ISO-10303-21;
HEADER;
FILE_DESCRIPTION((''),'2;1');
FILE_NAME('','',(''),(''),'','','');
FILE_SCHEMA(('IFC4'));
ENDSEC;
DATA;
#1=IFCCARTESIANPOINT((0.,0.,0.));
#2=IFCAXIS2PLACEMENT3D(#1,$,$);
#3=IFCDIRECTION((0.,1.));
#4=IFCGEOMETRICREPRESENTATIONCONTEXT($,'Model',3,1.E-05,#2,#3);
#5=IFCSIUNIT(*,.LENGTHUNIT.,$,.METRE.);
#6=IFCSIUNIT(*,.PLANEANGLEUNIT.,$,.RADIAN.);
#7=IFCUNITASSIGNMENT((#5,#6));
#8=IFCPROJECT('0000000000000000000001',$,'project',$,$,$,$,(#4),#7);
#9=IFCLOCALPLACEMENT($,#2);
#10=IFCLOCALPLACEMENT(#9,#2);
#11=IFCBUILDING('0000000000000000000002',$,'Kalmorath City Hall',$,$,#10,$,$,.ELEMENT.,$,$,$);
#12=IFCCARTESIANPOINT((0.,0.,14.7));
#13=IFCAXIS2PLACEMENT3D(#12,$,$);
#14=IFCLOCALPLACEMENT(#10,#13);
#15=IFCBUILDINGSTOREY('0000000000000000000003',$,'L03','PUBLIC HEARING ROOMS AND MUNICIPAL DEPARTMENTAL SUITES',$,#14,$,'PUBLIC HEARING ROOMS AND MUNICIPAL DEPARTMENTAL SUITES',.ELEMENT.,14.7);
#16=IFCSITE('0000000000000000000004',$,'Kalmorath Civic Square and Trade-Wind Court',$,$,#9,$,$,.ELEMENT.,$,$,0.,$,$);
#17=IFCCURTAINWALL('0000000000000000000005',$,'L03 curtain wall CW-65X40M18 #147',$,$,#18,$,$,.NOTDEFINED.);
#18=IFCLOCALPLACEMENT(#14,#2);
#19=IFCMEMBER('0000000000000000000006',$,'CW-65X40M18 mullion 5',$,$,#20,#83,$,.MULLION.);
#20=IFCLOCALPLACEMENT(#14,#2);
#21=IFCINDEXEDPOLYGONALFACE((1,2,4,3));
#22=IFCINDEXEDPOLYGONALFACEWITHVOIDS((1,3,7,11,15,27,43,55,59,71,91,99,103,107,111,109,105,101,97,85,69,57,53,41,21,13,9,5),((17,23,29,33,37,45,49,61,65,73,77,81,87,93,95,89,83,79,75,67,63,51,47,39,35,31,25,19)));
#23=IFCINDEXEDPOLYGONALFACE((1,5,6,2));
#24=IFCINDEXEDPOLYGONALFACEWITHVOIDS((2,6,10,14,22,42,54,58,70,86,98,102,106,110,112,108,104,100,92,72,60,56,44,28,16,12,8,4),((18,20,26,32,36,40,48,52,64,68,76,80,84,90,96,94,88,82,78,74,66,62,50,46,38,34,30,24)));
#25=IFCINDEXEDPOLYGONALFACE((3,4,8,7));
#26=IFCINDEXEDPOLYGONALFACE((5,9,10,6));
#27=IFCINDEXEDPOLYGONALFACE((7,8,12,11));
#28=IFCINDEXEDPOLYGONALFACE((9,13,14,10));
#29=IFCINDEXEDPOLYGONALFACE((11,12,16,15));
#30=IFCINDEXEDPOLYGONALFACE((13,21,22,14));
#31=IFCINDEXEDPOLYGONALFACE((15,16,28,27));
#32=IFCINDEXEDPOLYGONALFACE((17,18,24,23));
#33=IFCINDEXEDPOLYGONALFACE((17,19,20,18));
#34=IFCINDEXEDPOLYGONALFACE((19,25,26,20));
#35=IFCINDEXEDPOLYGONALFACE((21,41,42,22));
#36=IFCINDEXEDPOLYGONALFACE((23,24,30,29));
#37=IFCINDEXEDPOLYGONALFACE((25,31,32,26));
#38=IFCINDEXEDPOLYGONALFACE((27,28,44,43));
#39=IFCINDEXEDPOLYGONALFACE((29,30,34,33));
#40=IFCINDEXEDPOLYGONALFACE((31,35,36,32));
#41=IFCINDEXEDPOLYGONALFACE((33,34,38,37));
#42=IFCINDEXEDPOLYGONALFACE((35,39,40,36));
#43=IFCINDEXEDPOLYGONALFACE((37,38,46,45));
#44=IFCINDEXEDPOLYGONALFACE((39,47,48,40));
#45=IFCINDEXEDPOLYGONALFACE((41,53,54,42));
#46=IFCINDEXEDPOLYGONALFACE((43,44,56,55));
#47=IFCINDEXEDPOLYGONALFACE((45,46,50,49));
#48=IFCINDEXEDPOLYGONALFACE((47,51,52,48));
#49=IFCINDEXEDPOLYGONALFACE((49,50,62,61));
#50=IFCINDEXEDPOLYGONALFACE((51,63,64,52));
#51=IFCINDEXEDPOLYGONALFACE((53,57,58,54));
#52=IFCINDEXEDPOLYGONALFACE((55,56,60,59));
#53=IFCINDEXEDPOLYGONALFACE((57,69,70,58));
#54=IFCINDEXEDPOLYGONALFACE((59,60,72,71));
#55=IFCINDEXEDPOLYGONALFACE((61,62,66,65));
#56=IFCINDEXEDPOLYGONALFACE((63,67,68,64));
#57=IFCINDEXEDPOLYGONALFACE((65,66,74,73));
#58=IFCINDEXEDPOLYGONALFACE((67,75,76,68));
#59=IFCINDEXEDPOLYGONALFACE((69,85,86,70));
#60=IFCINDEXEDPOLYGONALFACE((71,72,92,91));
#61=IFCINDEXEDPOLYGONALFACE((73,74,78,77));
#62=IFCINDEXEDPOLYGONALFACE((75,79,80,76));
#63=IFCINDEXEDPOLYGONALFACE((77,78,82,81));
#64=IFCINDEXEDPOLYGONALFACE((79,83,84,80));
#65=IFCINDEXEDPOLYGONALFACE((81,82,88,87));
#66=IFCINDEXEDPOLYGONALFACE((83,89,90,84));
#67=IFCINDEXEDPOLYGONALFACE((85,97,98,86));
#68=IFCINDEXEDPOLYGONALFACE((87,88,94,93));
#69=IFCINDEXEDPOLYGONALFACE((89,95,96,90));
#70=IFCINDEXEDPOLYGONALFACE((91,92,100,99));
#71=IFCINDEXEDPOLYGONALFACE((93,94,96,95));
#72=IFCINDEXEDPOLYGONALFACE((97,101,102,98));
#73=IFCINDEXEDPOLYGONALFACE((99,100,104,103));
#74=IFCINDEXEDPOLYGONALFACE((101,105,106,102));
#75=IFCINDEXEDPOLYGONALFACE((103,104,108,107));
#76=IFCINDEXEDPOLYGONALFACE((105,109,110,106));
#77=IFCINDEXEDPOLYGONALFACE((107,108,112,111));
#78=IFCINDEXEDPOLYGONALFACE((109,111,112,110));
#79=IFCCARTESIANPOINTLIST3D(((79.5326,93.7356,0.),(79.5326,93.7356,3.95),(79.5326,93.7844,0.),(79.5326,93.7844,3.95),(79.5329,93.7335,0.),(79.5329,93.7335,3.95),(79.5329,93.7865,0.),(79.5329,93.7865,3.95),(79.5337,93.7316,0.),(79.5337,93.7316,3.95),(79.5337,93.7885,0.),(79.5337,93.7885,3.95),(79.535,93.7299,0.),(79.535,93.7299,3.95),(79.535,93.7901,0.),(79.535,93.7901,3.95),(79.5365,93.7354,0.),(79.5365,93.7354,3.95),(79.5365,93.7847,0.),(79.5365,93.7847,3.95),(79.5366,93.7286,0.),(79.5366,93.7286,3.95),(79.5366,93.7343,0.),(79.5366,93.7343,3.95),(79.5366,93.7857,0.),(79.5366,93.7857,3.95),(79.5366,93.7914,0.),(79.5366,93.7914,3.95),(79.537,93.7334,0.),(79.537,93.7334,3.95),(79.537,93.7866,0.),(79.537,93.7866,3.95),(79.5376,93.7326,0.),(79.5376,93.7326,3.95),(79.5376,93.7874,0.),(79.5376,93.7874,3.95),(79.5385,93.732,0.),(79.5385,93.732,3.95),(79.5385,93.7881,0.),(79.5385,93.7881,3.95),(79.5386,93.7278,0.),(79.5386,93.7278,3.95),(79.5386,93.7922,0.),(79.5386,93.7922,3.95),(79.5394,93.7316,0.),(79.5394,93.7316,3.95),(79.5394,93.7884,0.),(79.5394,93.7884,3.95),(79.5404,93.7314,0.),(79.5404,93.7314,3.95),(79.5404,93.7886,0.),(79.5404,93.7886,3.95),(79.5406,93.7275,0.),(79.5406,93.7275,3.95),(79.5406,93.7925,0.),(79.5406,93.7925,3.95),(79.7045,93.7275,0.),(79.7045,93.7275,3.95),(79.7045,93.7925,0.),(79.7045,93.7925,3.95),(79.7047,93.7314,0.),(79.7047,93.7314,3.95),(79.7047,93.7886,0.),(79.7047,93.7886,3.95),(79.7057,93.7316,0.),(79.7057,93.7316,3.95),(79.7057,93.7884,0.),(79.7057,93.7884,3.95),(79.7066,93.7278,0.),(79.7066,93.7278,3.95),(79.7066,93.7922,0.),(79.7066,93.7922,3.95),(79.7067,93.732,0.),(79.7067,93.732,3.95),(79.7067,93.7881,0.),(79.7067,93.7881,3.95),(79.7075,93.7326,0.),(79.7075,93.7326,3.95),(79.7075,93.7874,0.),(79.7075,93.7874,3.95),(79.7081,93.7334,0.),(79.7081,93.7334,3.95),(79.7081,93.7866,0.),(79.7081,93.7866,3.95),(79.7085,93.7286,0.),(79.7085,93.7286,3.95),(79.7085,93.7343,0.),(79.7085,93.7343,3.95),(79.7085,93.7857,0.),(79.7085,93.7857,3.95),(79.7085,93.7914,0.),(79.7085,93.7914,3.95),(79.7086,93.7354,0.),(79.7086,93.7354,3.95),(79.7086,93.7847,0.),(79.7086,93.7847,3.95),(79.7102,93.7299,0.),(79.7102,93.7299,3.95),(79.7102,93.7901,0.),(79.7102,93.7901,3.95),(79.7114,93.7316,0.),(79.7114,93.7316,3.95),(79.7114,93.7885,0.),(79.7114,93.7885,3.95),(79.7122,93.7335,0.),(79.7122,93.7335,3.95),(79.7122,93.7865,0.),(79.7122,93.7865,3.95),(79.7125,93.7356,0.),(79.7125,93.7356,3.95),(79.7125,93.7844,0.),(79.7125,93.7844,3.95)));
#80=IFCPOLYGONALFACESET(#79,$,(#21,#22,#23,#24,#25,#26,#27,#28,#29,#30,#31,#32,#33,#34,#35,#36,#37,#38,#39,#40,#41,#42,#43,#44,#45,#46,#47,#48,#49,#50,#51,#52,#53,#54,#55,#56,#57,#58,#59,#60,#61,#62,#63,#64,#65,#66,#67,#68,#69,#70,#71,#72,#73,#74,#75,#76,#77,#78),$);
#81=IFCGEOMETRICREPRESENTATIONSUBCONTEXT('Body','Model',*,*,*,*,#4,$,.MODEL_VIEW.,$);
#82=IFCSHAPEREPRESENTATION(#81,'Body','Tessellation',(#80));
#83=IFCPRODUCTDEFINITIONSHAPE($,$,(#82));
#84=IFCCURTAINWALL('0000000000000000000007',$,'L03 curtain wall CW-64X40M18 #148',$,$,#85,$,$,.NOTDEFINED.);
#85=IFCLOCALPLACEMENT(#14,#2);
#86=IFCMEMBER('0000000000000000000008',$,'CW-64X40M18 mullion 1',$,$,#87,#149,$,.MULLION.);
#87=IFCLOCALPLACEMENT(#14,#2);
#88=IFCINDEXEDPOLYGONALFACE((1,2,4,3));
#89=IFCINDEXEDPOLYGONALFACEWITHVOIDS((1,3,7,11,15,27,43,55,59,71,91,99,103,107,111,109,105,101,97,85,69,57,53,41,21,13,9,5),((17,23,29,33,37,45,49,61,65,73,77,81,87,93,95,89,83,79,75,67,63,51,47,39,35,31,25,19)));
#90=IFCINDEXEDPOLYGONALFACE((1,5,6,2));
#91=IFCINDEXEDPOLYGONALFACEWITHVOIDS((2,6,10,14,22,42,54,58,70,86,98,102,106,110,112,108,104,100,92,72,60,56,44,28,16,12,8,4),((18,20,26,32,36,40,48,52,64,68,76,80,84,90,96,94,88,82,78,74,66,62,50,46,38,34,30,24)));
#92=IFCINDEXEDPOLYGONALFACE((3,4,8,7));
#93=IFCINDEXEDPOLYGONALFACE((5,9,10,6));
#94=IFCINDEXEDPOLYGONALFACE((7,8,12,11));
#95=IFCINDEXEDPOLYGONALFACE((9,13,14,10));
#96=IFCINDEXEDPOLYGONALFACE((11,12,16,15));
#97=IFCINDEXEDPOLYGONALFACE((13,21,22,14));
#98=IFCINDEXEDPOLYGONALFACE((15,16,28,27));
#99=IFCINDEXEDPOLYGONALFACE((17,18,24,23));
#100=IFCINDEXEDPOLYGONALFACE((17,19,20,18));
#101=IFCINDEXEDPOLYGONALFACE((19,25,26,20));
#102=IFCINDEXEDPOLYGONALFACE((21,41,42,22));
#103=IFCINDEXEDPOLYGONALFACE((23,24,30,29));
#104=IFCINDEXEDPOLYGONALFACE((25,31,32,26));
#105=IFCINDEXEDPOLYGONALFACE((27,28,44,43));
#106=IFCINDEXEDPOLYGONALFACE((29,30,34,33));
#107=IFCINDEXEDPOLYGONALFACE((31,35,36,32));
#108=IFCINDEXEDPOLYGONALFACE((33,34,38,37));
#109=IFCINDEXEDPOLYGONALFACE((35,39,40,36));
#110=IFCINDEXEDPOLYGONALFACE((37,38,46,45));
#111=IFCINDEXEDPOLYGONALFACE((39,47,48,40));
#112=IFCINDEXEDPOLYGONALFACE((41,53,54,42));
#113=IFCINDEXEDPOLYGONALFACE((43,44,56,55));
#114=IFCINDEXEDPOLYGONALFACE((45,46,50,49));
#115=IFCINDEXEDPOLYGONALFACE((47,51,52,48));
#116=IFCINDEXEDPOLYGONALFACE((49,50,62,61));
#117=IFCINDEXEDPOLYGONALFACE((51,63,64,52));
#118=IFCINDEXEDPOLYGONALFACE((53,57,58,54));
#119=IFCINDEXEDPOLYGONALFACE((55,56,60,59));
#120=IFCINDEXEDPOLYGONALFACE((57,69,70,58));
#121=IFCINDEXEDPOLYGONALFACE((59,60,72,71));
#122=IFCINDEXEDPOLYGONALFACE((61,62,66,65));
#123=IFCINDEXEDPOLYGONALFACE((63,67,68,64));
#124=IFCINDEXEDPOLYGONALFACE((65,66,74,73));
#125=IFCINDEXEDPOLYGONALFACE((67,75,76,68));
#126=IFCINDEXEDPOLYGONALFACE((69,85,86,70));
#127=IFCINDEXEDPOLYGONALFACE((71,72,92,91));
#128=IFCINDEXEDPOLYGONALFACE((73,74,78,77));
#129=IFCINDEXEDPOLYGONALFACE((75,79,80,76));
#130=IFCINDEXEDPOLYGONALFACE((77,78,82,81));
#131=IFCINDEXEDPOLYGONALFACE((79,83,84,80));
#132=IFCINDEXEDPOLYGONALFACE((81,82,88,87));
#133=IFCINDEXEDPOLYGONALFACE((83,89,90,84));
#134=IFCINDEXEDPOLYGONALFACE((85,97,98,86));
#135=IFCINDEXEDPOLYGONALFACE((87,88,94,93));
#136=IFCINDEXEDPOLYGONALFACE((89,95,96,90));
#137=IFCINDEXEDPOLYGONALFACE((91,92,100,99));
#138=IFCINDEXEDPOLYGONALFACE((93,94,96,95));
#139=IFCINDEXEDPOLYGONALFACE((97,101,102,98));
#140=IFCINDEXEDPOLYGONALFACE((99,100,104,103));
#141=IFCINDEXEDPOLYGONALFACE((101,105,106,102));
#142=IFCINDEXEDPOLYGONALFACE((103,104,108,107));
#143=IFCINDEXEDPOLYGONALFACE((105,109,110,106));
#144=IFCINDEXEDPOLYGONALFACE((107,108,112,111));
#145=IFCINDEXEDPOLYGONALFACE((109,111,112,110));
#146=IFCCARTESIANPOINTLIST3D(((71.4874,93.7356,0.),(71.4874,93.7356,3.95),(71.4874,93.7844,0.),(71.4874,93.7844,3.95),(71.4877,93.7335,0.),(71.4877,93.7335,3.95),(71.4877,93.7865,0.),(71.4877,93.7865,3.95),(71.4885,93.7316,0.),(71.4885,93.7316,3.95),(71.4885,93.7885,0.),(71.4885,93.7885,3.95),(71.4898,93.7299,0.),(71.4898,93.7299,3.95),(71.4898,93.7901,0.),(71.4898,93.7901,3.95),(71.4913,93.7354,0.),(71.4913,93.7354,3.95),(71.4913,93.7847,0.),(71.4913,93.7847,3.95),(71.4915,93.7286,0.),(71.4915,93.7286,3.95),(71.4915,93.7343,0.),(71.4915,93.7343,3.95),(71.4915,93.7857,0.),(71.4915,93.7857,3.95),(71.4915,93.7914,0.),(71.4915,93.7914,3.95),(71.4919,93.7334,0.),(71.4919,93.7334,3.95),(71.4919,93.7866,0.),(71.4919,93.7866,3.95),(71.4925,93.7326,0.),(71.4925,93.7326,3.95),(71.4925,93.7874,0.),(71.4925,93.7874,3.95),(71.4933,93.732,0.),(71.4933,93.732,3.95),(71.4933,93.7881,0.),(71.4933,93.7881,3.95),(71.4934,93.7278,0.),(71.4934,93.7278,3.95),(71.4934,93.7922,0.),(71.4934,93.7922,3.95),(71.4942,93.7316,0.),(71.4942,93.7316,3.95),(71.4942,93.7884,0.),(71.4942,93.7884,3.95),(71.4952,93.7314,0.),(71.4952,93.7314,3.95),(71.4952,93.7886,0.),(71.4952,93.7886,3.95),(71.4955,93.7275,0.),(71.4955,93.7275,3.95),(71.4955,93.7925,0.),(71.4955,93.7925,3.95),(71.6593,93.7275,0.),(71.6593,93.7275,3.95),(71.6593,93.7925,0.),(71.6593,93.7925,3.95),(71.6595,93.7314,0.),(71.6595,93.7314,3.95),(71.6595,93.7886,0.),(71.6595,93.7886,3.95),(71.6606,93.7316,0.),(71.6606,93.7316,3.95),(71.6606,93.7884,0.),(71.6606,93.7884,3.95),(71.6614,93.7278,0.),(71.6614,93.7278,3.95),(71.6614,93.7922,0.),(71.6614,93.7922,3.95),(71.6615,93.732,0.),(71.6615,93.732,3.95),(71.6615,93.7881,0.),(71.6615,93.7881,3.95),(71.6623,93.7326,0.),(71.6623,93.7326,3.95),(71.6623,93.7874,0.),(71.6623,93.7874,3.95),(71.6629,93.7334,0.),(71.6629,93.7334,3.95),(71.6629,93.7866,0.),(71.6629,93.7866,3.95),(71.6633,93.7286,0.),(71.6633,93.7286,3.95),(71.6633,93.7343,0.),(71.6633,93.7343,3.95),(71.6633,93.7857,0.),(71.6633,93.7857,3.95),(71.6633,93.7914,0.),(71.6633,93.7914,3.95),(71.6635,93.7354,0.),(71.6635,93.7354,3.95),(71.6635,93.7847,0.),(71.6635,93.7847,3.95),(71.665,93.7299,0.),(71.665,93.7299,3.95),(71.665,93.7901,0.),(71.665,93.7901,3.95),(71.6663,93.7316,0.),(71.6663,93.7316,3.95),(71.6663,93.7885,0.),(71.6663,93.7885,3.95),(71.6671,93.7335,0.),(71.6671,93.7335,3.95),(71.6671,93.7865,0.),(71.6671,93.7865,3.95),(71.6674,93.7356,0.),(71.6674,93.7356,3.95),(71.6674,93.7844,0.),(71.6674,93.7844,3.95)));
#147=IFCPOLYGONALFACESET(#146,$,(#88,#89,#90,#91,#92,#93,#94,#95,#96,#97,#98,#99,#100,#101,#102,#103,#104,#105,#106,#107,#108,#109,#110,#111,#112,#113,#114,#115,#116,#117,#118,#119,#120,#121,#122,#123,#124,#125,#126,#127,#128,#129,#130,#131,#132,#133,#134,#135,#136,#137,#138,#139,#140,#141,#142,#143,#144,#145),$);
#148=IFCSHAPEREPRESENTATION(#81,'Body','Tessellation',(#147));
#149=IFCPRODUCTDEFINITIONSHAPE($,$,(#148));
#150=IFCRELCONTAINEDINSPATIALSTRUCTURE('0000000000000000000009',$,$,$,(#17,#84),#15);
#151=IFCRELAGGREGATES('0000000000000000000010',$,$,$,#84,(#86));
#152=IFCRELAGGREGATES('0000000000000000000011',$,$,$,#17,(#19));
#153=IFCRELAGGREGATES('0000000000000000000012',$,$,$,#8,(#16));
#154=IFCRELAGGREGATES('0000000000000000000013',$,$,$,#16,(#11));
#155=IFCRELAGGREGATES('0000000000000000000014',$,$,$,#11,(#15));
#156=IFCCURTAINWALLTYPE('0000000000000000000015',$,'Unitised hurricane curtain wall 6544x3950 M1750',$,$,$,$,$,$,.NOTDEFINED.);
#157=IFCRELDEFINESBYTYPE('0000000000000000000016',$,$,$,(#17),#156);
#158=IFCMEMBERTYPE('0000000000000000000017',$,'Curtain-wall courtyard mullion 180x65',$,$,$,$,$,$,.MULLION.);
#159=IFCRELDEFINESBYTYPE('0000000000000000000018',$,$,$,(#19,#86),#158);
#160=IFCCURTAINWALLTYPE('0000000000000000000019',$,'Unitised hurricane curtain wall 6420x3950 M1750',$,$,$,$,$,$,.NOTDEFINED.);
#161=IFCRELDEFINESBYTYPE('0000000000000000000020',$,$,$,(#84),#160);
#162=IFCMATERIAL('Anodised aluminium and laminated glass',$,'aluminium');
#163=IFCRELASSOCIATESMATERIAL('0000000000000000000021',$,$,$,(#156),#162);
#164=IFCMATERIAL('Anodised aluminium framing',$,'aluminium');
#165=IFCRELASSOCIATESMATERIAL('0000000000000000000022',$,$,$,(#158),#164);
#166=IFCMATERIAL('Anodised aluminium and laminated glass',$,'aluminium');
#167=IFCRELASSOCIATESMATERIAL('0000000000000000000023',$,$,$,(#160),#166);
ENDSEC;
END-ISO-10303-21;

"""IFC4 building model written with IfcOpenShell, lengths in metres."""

from ifc_helpers import new_model, si_unit, direction, frame, origin, origin_2d, place, context, subcontext, project, spatial, hollow_rectangle, extrude, material, material_profile, profile_set, type_object, element, aggregate, save


model = new_model("IFC4")

# Units and contexts
model_context = context("Model", 3, precision=1e-05, world=origin(), true_north=direction((0.0, 1.0)))
body_context = subcontext(model_context, "Body", "Model", "MODEL_VIEW")
ifc_project = project(units=[si_unit("LENGTHUNIT", "METRE"), si_unit("PLANEANGLEUNIT", "RADIAN")], contexts=[model_context])

# Site, building, storey
site_placement = place(None, origin())
site = spatial("IfcSite", under=ifc_project, at=site_placement, Name="Kalmorath Civic Square and Trade-Wind Court", CompositionType="ELEMENT", RefElevation=0.0)
building_placement = place(site_placement, origin())
building = spatial("IfcBuilding", under=site, at=building_placement, Name="Kalmorath City Hall", CompositionType="ELEMENT")
storey_placement = place(building_placement, frame((0.0, 0.0, 14.7)))
storey = spatial("IfcBuildingStorey", under=building, at=storey_placement, Name="L03", Description="PUBLIC HEARING ROOMS AND MUNICIPAL DEPARTMENTAL SUITES", LongName="PUBLIC HEARING ROOMS AND MUNICIPAL DEPARTMENTAL SUITES", CompositionType="ELEMENT", Elevation=14.7)

# Curtain wall, member
ifc_material_1 = material(Name="Anodised aluminium and laminated glass", Category="aluminium")
curtain_wall_type_1 = type_object("IfcCurtainWallType", Name="Unitised hurricane curtain wall 6544x3950 M1750", PredefinedType="NOTDEFINED", material=ifc_material_1)
curtain_wall_1_placement = place(storey_placement, origin())
curtain_wall_1 = element("IfcCurtainWall", 1, at=curtain_wall_1_placement, inside=storey, type_object=curtain_wall_type_1, Name="L03 curtain wall CW-65X40M18 #147", PredefinedType="NOTDEFINED")
ifc_material_2 = material(Name="Anodised aluminium framing", Category="aluminium")
ifc_material_profile_1 = material_profile(ifc_material_2, hollow_rectangle(XDim=0.0649, YDim=0.1799, WallThickness=0.0039, InnerFilletRadius=0.0039, OuterFilletRadius=0.0081, at=origin_2d()), Name="ALU-MUL-180X65X4")
ifc_profile_set_1 = profile_set([ifc_material_profile_1], Name="Anodised aluminium framing")
member_type_1 = type_object("IfcMemberType", Name="Curtain-wall courtyard mullion 180x65", PredefinedType="MULLION", material=ifc_profile_set_1)
member_1_placement = place(storey_placement, frame((79.6226, 93.76, 0.0), z_axis=(0.0, 0.0, 1.0), x_axis=(0.0, -1.0, 0.0)))
member_1 = element("IfcMember", 2, at=member_1_placement, type_object=member_type_1, Name="CW-65X40M18 mullion 5", PredefinedType="MULLION", context=body_context, shape_type="SweptSolid", body=[
    extrude(hollow_rectangle(XDim=0.0649, YDim=0.1799, WallThickness=0.0039, InnerFilletRadius=0.0039, OuterFilletRadius=0.0081, at=origin_2d()), origin(), (0.0, 0.0, 1.0), 3.95),
])

# Curtain wall, member
ifc_material_3 = material(Name="Anodised aluminium and laminated glass", Category="aluminium")
curtain_wall_type_2 = type_object("IfcCurtainWallType", Name="Unitised hurricane curtain wall 6420x3950 M1750", PredefinedType="NOTDEFINED", material=ifc_material_3)
curtain_wall_2_placement = place(storey_placement, origin())
curtain_wall_2 = element("IfcCurtainWall", 3, at=curtain_wall_2_placement, inside=storey, type_object=curtain_wall_type_2, Name="L03 curtain wall CW-64X40M18 #148", PredefinedType="NOTDEFINED")
member_2_placement = place(storey_placement, frame((71.5774, 93.76, 0.0), z_axis=(0.0, 0.0, 1.0), x_axis=(0.0, -1.0, 0.0)))
member_2 = element("IfcMember", 4, at=member_2_placement, type_object=member_type_1, Name="CW-64X40M18 mullion 1", PredefinedType="MULLION", context=body_context, shape_type="SweptSolid", body=[
    extrude(hollow_rectangle(XDim=0.0649, YDim=0.1799, WallThickness=0.0039, InnerFilletRadius=0.0039, OuterFilletRadius=0.0081, at=origin_2d()), origin(), (0.0, 0.0, 1.0), 3.95),
])

aggregate(curtain_wall_2, [member_2])

aggregate(curtain_wall_1, [member_1])

save(model, "model.ifc")
